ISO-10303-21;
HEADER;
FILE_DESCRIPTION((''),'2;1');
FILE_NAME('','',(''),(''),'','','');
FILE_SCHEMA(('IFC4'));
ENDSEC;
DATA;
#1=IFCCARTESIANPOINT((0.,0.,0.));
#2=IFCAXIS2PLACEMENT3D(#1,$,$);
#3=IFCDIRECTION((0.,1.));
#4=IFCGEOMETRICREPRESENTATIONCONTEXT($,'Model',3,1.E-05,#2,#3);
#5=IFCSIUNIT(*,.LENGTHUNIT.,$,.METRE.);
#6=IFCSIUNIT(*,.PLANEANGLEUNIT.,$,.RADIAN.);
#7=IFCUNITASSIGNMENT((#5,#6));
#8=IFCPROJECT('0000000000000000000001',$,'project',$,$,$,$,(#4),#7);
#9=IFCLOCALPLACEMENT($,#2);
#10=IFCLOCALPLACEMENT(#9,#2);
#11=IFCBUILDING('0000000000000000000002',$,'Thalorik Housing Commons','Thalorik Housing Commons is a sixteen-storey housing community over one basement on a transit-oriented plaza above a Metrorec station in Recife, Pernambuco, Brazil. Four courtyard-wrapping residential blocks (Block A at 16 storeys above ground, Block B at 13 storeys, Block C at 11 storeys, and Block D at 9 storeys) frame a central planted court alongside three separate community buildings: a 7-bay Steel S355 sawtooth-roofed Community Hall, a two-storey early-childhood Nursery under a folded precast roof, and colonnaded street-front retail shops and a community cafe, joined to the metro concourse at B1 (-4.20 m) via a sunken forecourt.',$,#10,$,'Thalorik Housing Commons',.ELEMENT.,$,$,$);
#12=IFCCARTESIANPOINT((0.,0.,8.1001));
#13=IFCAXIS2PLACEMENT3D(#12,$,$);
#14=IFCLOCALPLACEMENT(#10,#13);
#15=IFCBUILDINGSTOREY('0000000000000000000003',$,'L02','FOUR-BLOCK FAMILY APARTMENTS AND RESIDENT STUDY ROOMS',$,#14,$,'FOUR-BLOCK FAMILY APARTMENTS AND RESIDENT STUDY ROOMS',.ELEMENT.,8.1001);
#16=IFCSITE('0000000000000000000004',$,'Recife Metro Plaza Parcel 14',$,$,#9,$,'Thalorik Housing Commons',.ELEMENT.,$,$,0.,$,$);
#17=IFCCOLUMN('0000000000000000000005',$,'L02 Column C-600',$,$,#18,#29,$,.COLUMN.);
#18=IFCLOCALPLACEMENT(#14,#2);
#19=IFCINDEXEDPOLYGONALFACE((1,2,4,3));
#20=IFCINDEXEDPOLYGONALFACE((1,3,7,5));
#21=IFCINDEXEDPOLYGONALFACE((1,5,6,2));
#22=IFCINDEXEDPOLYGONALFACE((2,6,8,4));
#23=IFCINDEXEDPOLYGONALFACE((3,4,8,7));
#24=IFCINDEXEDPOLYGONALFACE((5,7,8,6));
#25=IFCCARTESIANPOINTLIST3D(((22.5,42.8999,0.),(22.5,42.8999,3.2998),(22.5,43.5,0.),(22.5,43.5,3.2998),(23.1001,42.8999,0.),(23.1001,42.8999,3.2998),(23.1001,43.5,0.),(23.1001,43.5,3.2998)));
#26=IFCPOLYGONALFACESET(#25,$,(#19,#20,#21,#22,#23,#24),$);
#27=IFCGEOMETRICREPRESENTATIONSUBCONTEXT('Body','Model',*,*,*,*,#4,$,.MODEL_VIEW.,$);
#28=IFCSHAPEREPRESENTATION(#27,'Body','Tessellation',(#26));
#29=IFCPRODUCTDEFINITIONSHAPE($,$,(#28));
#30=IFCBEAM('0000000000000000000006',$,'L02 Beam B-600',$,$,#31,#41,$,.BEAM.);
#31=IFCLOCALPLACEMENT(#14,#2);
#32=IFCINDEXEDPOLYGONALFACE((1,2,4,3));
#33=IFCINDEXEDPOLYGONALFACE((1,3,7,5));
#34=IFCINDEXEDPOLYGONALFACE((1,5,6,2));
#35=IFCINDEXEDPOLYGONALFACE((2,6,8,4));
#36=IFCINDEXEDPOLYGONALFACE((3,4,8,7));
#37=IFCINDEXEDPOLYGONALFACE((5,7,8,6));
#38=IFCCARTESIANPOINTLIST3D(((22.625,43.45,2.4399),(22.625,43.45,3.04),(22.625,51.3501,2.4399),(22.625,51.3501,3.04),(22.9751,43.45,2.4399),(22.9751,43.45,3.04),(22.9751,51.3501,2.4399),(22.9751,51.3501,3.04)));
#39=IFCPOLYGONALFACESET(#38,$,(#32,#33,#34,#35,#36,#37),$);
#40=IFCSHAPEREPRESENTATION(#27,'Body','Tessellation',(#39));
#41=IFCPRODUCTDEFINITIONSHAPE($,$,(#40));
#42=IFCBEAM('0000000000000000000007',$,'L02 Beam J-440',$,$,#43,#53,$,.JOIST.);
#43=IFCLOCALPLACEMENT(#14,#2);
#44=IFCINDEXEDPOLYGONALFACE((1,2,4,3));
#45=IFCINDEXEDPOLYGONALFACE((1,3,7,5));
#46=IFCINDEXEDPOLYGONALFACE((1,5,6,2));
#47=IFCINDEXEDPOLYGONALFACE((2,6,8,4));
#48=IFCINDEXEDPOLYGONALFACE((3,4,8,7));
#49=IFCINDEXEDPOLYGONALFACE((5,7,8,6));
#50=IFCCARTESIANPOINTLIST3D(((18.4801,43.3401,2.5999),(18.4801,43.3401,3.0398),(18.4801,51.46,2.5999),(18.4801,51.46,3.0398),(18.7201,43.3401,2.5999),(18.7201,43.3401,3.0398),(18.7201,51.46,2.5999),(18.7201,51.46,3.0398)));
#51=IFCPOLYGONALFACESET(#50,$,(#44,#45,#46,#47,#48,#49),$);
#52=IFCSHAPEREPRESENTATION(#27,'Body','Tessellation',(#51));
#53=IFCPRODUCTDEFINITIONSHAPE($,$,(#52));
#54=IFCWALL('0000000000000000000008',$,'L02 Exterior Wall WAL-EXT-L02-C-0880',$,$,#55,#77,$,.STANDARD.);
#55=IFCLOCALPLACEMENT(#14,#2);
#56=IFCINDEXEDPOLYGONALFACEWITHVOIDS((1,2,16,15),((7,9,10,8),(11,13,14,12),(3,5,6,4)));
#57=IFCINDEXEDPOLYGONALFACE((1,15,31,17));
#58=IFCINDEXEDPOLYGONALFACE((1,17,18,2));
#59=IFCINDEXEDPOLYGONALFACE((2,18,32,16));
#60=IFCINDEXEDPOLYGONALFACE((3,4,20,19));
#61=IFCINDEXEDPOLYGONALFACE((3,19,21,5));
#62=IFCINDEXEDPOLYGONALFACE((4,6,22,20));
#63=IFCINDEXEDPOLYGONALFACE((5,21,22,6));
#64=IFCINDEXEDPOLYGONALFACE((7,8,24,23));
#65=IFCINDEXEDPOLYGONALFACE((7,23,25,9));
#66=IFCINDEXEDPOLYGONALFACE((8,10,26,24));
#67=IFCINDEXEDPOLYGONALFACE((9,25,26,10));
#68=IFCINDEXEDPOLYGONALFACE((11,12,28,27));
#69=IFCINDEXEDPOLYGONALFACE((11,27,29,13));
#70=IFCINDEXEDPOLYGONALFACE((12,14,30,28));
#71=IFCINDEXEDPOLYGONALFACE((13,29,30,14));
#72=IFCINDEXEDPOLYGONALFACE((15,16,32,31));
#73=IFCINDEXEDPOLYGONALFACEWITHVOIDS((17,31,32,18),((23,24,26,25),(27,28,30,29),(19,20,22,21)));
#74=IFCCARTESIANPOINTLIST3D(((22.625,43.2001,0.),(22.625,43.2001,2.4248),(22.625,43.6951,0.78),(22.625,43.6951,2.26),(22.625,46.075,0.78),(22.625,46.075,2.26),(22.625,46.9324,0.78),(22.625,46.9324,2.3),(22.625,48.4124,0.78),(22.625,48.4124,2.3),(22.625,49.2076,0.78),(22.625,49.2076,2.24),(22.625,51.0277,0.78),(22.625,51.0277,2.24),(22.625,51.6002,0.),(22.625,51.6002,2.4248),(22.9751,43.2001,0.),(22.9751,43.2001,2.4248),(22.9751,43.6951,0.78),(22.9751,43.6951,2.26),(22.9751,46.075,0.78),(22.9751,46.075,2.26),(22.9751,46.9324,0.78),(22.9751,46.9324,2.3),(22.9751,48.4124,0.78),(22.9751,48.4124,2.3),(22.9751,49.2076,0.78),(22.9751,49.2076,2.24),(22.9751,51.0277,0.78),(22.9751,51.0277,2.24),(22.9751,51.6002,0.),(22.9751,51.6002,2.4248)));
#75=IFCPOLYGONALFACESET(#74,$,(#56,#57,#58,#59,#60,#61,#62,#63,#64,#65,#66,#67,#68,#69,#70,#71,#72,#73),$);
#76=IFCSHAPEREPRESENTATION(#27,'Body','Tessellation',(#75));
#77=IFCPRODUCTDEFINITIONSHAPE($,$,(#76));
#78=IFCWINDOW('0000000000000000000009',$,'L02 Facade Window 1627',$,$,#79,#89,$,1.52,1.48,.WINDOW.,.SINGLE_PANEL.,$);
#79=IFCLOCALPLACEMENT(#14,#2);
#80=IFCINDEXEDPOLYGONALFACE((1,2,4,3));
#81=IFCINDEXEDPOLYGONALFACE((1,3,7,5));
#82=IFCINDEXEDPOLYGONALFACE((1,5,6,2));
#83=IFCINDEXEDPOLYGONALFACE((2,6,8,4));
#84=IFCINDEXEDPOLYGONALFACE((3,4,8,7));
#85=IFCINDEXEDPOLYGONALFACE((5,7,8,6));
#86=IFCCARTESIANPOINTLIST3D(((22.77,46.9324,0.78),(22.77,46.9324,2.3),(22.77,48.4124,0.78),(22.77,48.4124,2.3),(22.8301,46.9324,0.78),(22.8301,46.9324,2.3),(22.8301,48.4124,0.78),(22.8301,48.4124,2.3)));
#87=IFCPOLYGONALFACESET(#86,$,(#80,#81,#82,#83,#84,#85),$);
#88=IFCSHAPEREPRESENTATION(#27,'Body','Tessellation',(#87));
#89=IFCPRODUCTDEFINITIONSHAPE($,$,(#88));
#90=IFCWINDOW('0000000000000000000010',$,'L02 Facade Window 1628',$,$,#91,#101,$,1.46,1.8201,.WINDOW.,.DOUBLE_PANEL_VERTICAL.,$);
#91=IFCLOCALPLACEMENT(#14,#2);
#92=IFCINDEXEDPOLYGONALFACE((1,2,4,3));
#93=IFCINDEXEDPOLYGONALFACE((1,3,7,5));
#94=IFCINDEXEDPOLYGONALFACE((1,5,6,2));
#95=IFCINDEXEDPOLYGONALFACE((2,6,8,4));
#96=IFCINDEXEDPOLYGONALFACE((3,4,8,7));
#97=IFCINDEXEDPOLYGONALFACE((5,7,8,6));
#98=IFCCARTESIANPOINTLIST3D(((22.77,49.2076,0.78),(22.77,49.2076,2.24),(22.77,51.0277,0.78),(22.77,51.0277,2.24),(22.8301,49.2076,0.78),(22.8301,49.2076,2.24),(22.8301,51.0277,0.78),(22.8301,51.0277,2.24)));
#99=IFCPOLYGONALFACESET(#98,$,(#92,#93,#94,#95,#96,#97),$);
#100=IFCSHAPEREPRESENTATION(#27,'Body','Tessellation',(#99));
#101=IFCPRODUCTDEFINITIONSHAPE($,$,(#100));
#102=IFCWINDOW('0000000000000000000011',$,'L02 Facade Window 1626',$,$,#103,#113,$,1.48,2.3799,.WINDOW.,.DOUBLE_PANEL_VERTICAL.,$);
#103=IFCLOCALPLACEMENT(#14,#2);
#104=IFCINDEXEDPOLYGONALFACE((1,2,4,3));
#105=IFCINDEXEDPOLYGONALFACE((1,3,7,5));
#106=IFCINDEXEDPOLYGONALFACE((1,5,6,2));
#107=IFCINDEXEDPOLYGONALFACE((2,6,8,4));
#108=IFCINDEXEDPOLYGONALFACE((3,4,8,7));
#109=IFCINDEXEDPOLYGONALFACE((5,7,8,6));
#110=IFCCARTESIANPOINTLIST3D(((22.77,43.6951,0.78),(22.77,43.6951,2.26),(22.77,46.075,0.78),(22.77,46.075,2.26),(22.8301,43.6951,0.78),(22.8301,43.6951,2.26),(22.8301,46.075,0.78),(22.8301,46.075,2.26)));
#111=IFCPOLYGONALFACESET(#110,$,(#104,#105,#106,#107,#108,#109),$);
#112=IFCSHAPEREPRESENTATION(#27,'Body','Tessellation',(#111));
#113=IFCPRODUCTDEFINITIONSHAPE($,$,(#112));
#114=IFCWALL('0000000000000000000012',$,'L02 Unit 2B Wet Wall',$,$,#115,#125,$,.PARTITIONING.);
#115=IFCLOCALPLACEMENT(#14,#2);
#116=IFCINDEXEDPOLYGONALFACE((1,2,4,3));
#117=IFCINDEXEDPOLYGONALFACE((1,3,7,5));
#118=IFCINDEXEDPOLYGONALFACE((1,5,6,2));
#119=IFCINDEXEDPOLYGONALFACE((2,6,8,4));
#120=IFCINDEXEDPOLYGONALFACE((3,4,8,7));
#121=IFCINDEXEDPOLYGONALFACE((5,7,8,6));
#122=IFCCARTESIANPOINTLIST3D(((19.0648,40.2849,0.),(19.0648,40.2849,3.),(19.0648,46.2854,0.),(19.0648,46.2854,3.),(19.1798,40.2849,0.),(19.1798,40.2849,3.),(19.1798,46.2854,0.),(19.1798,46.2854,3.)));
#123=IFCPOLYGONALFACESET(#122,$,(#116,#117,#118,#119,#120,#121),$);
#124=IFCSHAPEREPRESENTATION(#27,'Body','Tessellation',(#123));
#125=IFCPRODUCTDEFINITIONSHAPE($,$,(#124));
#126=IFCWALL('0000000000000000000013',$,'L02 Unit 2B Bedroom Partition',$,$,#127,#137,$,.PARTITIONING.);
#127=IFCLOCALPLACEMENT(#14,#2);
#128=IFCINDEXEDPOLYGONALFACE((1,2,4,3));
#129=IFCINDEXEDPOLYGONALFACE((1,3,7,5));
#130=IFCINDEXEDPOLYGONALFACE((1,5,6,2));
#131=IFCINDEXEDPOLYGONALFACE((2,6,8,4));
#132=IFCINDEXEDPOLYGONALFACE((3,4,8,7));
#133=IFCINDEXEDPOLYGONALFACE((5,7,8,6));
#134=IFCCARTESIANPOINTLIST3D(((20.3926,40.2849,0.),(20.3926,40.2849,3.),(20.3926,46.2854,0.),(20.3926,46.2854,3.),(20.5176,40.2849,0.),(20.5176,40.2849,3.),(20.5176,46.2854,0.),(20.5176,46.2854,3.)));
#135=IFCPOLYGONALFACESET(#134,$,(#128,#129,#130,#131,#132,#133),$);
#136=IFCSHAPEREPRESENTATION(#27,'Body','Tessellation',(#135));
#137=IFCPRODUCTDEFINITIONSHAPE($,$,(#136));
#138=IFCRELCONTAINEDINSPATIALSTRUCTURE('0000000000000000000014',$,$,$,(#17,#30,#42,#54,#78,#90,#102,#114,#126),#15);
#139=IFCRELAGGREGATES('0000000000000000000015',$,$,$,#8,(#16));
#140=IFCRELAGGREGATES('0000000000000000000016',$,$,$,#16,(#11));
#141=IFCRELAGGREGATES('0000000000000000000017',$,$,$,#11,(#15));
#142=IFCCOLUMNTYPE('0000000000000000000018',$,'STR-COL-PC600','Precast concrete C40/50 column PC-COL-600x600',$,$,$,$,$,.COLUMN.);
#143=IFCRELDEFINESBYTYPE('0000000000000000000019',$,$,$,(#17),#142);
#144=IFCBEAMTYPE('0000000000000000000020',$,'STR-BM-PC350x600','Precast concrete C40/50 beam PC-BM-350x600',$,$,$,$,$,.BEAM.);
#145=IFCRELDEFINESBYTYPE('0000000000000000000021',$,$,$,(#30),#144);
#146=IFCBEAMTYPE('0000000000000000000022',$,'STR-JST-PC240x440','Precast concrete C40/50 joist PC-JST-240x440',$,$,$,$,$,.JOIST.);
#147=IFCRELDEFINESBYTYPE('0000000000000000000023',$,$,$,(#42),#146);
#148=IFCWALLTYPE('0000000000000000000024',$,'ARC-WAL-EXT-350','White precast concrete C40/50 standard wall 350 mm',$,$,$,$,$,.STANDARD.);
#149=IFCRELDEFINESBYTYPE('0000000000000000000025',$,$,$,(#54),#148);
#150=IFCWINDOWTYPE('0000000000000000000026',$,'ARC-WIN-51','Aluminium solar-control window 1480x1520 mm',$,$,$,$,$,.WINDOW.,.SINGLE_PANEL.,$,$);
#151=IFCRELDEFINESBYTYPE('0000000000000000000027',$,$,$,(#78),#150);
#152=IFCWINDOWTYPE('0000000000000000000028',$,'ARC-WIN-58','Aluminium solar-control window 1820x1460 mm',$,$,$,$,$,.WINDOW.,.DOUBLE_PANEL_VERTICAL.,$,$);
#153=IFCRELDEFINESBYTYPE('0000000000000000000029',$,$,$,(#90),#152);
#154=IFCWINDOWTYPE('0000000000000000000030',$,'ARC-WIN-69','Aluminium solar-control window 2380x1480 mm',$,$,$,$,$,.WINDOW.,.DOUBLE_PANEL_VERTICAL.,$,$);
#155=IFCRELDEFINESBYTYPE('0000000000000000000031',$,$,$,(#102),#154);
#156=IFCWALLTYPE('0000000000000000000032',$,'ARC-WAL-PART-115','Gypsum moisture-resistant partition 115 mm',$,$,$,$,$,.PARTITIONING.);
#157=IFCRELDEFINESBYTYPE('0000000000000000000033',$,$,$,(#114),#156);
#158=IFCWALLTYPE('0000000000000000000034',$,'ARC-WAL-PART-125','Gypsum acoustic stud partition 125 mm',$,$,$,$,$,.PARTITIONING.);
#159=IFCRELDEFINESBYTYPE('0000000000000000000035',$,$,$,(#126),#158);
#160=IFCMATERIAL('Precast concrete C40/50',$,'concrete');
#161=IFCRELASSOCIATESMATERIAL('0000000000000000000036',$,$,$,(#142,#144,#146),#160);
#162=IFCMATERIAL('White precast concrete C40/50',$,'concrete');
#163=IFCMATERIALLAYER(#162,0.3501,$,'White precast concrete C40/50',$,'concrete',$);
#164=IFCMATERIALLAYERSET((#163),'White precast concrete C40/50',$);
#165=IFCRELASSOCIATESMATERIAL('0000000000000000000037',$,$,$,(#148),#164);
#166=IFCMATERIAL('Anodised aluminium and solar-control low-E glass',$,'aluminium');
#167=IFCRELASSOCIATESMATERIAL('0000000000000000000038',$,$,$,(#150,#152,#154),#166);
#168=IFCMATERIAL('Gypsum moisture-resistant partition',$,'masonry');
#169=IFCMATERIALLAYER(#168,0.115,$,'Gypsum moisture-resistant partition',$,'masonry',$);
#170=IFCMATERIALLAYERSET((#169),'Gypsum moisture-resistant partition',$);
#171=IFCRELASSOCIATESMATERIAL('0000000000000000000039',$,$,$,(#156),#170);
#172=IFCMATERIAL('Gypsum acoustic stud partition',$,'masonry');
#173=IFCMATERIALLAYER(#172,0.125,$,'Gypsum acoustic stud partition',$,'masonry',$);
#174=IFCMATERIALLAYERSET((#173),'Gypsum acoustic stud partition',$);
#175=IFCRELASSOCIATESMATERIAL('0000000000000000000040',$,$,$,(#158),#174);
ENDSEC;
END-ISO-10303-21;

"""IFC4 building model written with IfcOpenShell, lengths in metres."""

from ifc_helpers import new_model, si_unit, direction, frame, frame_2d, origin, origin_2d, place, context, subcontext, project, spatial, rectangle, extrude, material, layer, layer_set, material_profile, profile_set, type_object, element, fill, save


model = new_model("IFC4")

# Units and contexts
model_context = context("Model", 3, precision=1e-05, world=origin(), true_north=direction((0.0, 1.0)))
body_context = subcontext(model_context, "Body", "Model", "MODEL_VIEW")
ifc_project = project(units=[si_unit("LENGTHUNIT", "METRE"), si_unit("PLANEANGLEUNIT", "RADIAN")], contexts=[model_context])

# Site, building, storey
site_placement = place(None, origin())
site = spatial("IfcSite", under=ifc_project, at=site_placement, Name="Recife Metro Plaza Parcel 14", LongName="Thalorik Housing Commons", CompositionType="ELEMENT", RefElevation=0.0)
building_placement = place(site_placement, origin())
building = spatial("IfcBuilding", under=site, at=building_placement, Name="Thalorik Housing Commons", Description="Thalorik Housing Commons is a sixteen-storey housing community over one basement on a transit-oriented plaza above a Metrorec station in Recife, Pernambuco, Brazil. Four courtyard-wrapping residential blocks (Block A at 16 storeys above ground, Block B at 13 storeys, Block C at 11 storeys, and Block D at 9 storeys) frame a central planted court alongside three separate community buildings: a 7-bay Steel S355 sawtooth-roofed Community Hall, a two-storey early-childhood Nursery under a folded precast roof, and colonnaded street-front retail shops and a community cafe, joined to the metro concourse at B1 (-4.20 m) via a sunken forecourt.", LongName="Thalorik Housing Commons", CompositionType="ELEMENT")
storey_placement = place(building_placement, frame((0.0, 0.0, 8.1001)))
storey = spatial("IfcBuildingStorey", under=building, at=storey_placement, Name="L02", Description="FOUR-BLOCK FAMILY APARTMENTS AND RESIDENT STUDY ROOMS", LongName="FOUR-BLOCK FAMILY APARTMENTS AND RESIDENT STUDY ROOMS", CompositionType="ELEMENT", Elevation=8.1001)

# Column
ifc_material_1 = material(Name="Precast concrete C40/50", Category="concrete")
ifc_material_profile_1 = material_profile(ifc_material_1, rectangle(XDim=0.6001, YDim=0.6001, at=origin_2d()), Name="PC 600x600", Category="concrete")
ifc_profile_set_1 = profile_set([ifc_material_profile_1], Name="Precast concrete C40/50")
column_type = type_object("IfcColumnType", Name="STR-COL-PC600", Description="Precast concrete C40/50 column PC-COL-600x600", PredefinedType="COLUMN", material=ifc_profile_set_1)
column_placement = place(storey_placement, frame((22.8, 43.2, 0.0), z_axis=(0.0, 0.0, 1.0), x_axis=(1.0, 0.0, 0.0)))
element("IfcColumn", 1, at=column_placement, inside=storey, type_object=column_type, Name="L02 Column C-600", PredefinedType="COLUMN", context=body_context, shape_type="SweptSolid", body=[
    extrude(rectangle(XDim=0.6001, YDim=0.6001, at=origin_2d()), origin(), (0.0, 0.0, 1.0), 3.2998),
])

# Beams
ifc_material_profile_2 = material_profile(ifc_material_1, rectangle(XDim=0.3501, YDim=0.6001, at=origin_2d()), Name="PC 350x600", Category="concrete")
ifc_profile_set_2 = profile_set([ifc_material_profile_2], Name="Precast concrete C40/50")
beam_type_1 = type_object("IfcBeamType", Name="STR-BM-PC350x600", Description="Precast concrete C40/50 beam PC-BM-350x600", PredefinedType="BEAM", material=ifc_profile_set_2)
beam_1_placement = place(storey_placement, frame((22.8, 43.45, 2.74), z_axis=(0.0, 1.0, 0.0), x_axis=(-1.0, 0.0, 0.0)))
element("IfcBeam", 2, at=beam_1_placement, inside=storey, type_object=beam_type_1, Name="L02 Beam B-600", PredefinedType="BEAM", context=body_context, shape_type="SweptSolid", body=[
    extrude(rectangle(XDim=0.3501, YDim=0.6001, at=origin_2d()), origin(), (0.0, 0.0, 1.0), 7.9001),
])
ifc_material_profile_3 = material_profile(ifc_material_1, rectangle(XDim=0.24, YDim=0.4399, at=origin_2d()), Name="PC JST 240x440", Category="concrete")
ifc_profile_set_3 = profile_set([ifc_material_profile_3], Name="Precast concrete C40/50")
beam_type_2 = type_object("IfcBeamType", Name="STR-JST-PC240x440", Description="Precast concrete C40/50 joist PC-JST-240x440", PredefinedType="JOIST", material=ifc_profile_set_3)
beam_2_placement = place(storey_placement, frame((18.6001, 43.3401, 2.8198), z_axis=(0.0, 1.0, 0.0), x_axis=(-1.0, 0.0, 0.0)))
element("IfcBeam", 3, at=beam_2_placement, inside=storey, type_object=beam_type_2, Name="L02 Beam J-440", PredefinedType="JOIST", context=body_context, shape_type="SweptSolid", body=[
    extrude(rectangle(XDim=0.24, YDim=0.4399, at=origin_2d()), origin(), (0.0, 0.0, 1.0), 8.1199),
])

# Wall, openings, windows
ifc_material_2 = material(Name="White precast concrete C40/50", Category="concrete")
ifc_layer_1 = layer(ifc_material_2, 0.3501, Name="White precast concrete C40/50", Category="concrete")
ifc_layer_set_1 = layer_set([ifc_layer_1], Name="White precast concrete C40/50")
wall_type_1 = type_object("IfcWallType", Name="ARC-WAL-EXT-350", Description="White precast concrete C40/50 standard wall 350 mm", PredefinedType="STANDARD", material=ifc_layer_set_1)
wall_1_placement = place(storey_placement, frame((22.8, 43.2, 0.0), z_axis=(0.0, 0.0, 1.0), x_axis=(0.0, 1.0, 0.0)))
wall_1 = element("IfcWall", 4, at=wall_1_placement, inside=storey, type_object=wall_type_1, Name="L02 Exterior Wall WAL-EXT-L02-C-0880", PredefinedType="STANDARD", context=body_context, shape_type="SweptSolid", body=[
    extrude(rectangle(XDim=8.4001, YDim=0.3501, at=frame_2d((4.2002, 0.0))), origin(), (0.0, 0.0, 1.0), 2.4248),
])
opening_1_placement = place(wall_1_placement, frame((0.4951, 0.0, 0.78)))
opening_1 = element("IfcOpeningElement", 5, at=opening_1_placement, cuts=wall_1, PredefinedType="OPENING", context=body_context, shape_type="SweptSolid", body=[
    extrude(rectangle(XDim=2.3799, YDim=1.48, at=frame_2d((1.1899, 0.74))), frame((0.0, 0.1851, 0.0), z_axis=(0.0, -1.0, 0.0), x_axis=(1.0, 0.0, 0.0)), (0.0, 0.0, 1.0), 0.3701),
])
opening_2_placement = place(wall_1_placement, frame((3.7324, 0.0, 0.78)))
opening_2 = element("IfcOpeningElement", 6, at=opening_2_placement, cuts=wall_1, PredefinedType="OPENING", context=body_context, shape_type="SweptSolid", body=[
    extrude(rectangle(XDim=1.48, YDim=1.52, at=frame_2d((0.74, 0.76))), frame((0.0, 0.1851, 0.0), z_axis=(0.0, -1.0, 0.0), x_axis=(1.0, 0.0, 0.0)), (0.0, 0.0, 1.0), 0.3701),
])
opening_3_placement = place(wall_1_placement, frame((6.0076, 0.0, 0.78)))
opening_3 = element("IfcOpeningElement", 7, at=opening_3_placement, cuts=wall_1, PredefinedType="OPENING", context=body_context, shape_type="SweptSolid", body=[
    extrude(rectangle(XDim=1.8201, YDim=1.46, at=frame_2d((0.9102, 0.73))), frame((0.0, 0.1851, 0.0), z_axis=(0.0, -1.0, 0.0), x_axis=(1.0, 0.0, 0.0)), (0.0, 0.0, 1.0), 0.3701),
])
ifc_material_3 = material(Name="Anodised aluminium and solar-control low-E glass", Category="aluminium")
window_type_1 = type_object("IfcWindowType", Name="ARC-WIN-51", Description="Aluminium solar-control window 1480x1520 mm", PartitioningType="SINGLE_PANEL", PredefinedType="WINDOW", material=ifc_material_3)
window_1_placement = place(opening_2_placement, origin())
window_1 = element("IfcWindow", 8, at=window_1_placement, inside=storey, type_object=window_type_1, Name="L02 Facade Window 1627", OverallHeight=1.52, OverallWidth=1.48, PartitioningType="SINGLE_PANEL", PredefinedType="WINDOW", context=body_context, shape_type="SweptSolid", body=[
    extrude(rectangle(XDim=1.48, YDim=1.52, at=frame_2d((0.74, 0.76))), frame((0.0, 0.03, 0.0), z_axis=(0.0, -1.0, 0.0), x_axis=(1.0, 0.0, 0.0)), (0.0, 0.0, 1.0), 0.0601),
])
fill(opening_2, window_1)
window_type_2 = type_object("IfcWindowType", Name="ARC-WIN-58", Description="Aluminium solar-control window 1820x1460 mm", PartitioningType="DOUBLE_PANEL_VERTICAL", PredefinedType="WINDOW", material=ifc_material_3)
window_2_placement = place(opening_3_placement, origin())
window_2 = element("IfcWindow", 9, at=window_2_placement, inside=storey, type_object=window_type_2, Name="L02 Facade Window 1628", OverallHeight=1.46, OverallWidth=1.8201, PartitioningType="DOUBLE_PANEL_VERTICAL", PredefinedType="WINDOW", context=body_context, shape_type="SweptSolid", body=[
    extrude(rectangle(XDim=1.8201, YDim=1.46, at=frame_2d((0.9102, 0.73))), frame((0.0, 0.03, 0.0), z_axis=(0.0, -1.0, 0.0), x_axis=(1.0, 0.0, 0.0)), (0.0, 0.0, 1.0), 0.0601),
])
fill(opening_3, window_2)
window_type_3 = type_object("IfcWindowType", Name="ARC-WIN-69", Description="Aluminium solar-control window 2380x1480 mm", PartitioningType="DOUBLE_PANEL_VERTICAL", PredefinedType="WINDOW", material=ifc_material_3)
window_3_placement = place(opening_1_placement, origin())
window_3 = element("IfcWindow", 10, at=window_3_placement, inside=storey, type_object=window_type_3, Name="L02 Facade Window 1626", OverallHeight=1.48, OverallWidth=2.3799, PartitioningType="DOUBLE_PANEL_VERTICAL", PredefinedType="WINDOW", context=body_context, shape_type="SweptSolid", body=[
    extrude(rectangle(XDim=2.3799, YDim=1.48, at=frame_2d((1.1899, 0.74))), frame((0.0, 0.03, 0.0), z_axis=(0.0, -1.0, 0.0), x_axis=(1.0, 0.0, 0.0)), (0.0, 0.0, 1.0), 0.0601),
])
fill(opening_1, window_3)

# Walls
ifc_material_4 = material(Name="Gypsum moisture-resistant partition", Category="masonry")
ifc_layer_2 = layer(ifc_material_4, 0.115, Name="Gypsum moisture-resistant partition", Category="masonry")
ifc_layer_set_2 = layer_set([ifc_layer_2], Name="Gypsum moisture-resistant partition")
wall_type_2 = type_object("IfcWallType", Name="ARC-WAL-PART-115", Description="Gypsum moisture-resistant partition 115 mm", PredefinedType="PARTITIONING", material=ifc_layer_set_2)
wall_2_placement = place(storey_placement, frame((19.1223, 40.2849, 0.0), z_axis=(0.0, 0.0, 1.0), x_axis=(0.0, 1.0, 0.0)))
element("IfcWall", 11, at=wall_2_placement, inside=storey, type_object=wall_type_2, Name="L02 Unit 2B Wet Wall", PredefinedType="PARTITIONING", context=body_context, shape_type="SweptSolid", body=[
    extrude(rectangle(XDim=6.0005, YDim=0.115, at=frame_2d((3.0002, 0.0))), origin(), (0.0, 0.0, 1.0), 3.0),
])
ifc_material_5 = material(Name="Gypsum acoustic stud partition", Category="masonry")
ifc_layer_3 = layer(ifc_material_5, 0.125, Name="Gypsum acoustic stud partition", Category="masonry")
ifc_layer_set_3 = layer_set([ifc_layer_3], Name="Gypsum acoustic stud partition")
wall_type_3 = type_object("IfcWallType", Name="ARC-WAL-PART-125", Description="Gypsum acoustic stud partition 125 mm", PredefinedType="PARTITIONING", material=ifc_layer_set_3)
wall_3_placement = place(storey_placement, frame((20.4551, 40.2849, 0.0), z_axis=(0.0, 0.0, 1.0), x_axis=(0.0, 1.0, 0.0)))
element("IfcWall", 12, at=wall_3_placement, inside=storey, type_object=wall_type_3, Name="L02 Unit 2B Bedroom Partition", PredefinedType="PARTITIONING", context=body_context, shape_type="SweptSolid", body=[
    extrude(rectangle(XDim=6.0005, YDim=0.125, at=frame_2d((3.0002, 0.0))), origin(), (0.0, 0.0, 1.0), 3.0),
])

save(model, "model.ifc")
